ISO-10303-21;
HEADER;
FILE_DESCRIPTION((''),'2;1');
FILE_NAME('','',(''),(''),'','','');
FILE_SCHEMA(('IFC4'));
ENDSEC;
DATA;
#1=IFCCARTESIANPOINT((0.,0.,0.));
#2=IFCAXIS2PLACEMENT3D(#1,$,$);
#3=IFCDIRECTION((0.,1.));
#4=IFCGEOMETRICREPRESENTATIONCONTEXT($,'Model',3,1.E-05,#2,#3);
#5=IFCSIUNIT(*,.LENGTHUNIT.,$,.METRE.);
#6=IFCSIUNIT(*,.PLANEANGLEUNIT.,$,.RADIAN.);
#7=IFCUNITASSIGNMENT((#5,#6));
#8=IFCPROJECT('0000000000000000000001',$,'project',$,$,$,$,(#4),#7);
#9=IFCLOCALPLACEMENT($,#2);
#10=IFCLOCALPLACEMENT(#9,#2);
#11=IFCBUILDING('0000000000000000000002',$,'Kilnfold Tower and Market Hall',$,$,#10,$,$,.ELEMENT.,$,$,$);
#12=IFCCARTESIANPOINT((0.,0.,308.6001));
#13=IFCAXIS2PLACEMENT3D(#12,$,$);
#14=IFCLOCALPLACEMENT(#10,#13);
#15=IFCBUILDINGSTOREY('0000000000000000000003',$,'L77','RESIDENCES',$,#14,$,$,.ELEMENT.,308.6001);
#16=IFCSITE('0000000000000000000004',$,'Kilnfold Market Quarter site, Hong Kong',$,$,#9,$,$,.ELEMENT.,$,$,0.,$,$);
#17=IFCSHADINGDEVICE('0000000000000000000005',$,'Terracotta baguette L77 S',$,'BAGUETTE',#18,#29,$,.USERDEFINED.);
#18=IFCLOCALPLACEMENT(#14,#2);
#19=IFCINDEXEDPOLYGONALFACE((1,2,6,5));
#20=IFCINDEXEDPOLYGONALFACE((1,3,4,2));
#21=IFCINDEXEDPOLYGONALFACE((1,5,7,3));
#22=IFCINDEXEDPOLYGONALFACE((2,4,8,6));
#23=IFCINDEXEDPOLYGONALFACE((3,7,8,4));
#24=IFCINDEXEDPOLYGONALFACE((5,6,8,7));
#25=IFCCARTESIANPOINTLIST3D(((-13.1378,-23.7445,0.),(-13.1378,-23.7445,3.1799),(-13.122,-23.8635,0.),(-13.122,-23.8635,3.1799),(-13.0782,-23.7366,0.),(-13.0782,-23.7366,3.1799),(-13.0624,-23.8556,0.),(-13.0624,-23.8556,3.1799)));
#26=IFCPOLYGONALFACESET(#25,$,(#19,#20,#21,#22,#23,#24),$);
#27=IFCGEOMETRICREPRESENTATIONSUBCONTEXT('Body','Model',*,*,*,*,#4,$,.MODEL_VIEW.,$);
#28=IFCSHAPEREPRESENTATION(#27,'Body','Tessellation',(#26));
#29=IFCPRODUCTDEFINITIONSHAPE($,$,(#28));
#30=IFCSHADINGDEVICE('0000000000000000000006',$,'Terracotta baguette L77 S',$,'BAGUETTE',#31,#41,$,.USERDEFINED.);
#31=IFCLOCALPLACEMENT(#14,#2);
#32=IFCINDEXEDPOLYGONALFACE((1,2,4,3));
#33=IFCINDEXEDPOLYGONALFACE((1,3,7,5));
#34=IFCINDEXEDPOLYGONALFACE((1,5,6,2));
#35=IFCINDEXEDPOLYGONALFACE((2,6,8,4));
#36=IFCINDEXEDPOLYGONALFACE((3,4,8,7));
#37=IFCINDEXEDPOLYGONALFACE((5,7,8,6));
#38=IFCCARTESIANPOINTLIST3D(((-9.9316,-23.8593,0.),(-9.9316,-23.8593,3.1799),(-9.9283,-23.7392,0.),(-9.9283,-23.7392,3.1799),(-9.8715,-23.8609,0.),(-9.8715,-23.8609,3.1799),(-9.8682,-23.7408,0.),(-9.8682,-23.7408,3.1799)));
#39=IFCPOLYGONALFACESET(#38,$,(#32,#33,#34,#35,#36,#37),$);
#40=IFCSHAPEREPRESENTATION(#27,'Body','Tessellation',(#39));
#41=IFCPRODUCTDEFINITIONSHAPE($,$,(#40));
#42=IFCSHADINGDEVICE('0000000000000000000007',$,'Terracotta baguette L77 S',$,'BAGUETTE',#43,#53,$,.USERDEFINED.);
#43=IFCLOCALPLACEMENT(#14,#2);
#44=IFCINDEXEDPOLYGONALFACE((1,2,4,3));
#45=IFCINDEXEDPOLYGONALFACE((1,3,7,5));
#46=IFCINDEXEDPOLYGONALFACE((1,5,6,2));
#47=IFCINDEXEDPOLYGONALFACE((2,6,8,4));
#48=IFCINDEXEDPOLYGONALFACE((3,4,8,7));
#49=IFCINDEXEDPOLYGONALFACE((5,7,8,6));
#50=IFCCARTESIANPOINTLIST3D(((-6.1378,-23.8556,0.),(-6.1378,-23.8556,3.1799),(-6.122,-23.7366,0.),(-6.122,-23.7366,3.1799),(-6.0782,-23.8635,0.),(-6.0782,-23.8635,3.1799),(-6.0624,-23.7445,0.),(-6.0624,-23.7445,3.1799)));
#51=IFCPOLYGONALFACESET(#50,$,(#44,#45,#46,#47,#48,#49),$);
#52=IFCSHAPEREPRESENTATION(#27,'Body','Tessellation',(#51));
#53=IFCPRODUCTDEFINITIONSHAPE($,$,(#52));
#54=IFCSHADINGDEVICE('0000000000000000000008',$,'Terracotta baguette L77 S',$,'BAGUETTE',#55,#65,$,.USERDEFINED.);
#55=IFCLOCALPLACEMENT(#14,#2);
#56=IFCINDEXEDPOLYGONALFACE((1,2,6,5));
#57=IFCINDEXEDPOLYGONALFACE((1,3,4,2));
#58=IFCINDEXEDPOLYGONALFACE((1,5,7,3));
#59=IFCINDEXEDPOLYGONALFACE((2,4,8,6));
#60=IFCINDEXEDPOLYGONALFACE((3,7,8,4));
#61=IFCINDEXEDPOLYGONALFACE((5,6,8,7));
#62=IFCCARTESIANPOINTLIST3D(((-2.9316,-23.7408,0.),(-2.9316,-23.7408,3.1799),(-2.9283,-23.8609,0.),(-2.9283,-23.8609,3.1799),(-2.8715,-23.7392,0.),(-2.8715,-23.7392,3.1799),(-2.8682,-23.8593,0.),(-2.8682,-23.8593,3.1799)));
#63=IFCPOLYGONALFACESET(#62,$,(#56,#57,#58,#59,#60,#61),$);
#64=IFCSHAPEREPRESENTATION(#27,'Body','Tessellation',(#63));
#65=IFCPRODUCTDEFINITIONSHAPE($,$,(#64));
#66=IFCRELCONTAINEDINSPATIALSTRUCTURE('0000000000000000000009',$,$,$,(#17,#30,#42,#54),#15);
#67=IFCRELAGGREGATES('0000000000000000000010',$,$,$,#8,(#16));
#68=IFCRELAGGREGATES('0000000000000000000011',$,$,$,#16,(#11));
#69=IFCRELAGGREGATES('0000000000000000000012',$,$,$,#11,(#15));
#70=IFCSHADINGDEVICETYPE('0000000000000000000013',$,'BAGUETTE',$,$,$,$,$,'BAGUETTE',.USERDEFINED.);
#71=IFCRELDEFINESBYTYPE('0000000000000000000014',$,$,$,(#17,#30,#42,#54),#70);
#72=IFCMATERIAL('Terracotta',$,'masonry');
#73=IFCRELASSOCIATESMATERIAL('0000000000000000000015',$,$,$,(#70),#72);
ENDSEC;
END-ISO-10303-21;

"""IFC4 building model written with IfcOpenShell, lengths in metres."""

from ifc_helpers import new_model, si_unit, direction, frame, origin, origin_2d, place, context, subcontext, project, spatial, rectangle, extrude, source, transform, mapped, material, material_profile, profile_set, type_object, element, save


model = new_model("IFC4")

# Units and contexts
model_context = context("Model", 3, precision=1e-05, world=origin(), true_north=direction((0.0, 1.0)))
body_context = subcontext(model_context, "Body", "Model", "MODEL_VIEW")
ifc_project = project(units=[si_unit("LENGTHUNIT", "METRE"), si_unit("PLANEANGLEUNIT", "RADIAN")], contexts=[model_context])

# Site, building, storey
site_placement = place(None, origin())
site = spatial("IfcSite", under=ifc_project, at=site_placement, Name="Kilnfold Market Quarter site, Hong Kong", CompositionType="ELEMENT", RefElevation=0.0)
building_placement = place(site_placement, origin())
building = spatial("IfcBuilding", under=site, at=building_placement, Name="Kilnfold Tower and Market Hall", CompositionType="ELEMENT")
storey_placement = place(building_placement, frame((0.0, 0.0, 308.6001)))
storey = spatial("IfcBuildingStorey", under=building, at=storey_placement, Name="L77", Description="RESIDENCES", CompositionType="ELEMENT", Elevation=308.6001)

# Shading devices
ifc_material_1 = material(Name="Terracotta", Category="masonry")
ifc_material_profile_1 = material_profile(ifc_material_1, rectangle(XDim=0.0601, YDim=0.1201, at=origin_2d()), Name="BAG 60x120")
ifc_profile_set_1 = profile_set([ifc_material_profile_1], Name="Terracotta")
shading_device_type = type_object("IfcShadingDeviceType", Name="BAGUETTE", ElementType="BAGUETTE", PredefinedType="USERDEFINED", material=ifc_profile_set_1)
shared_shape_1 = source(origin(), body_context, "Body", "SweptSolid", [
    extrude(rectangle(XDim=0.0601, YDim=0.1201, at=origin_2d()), origin(), (0.0, 0.0, 1.0), 3.1799),
])
for number, where, z_axis, x_axis, name in (
    (1, (-13.1001, -23.8, 0.0), (0.0, 0.0, 1.0), (0.991296, 0.131654, 0.0), "Terracotta baguette L77 S"),
    (2, (-9.8999, -23.8, 0.0), (0.0, 0.0, 1.0), (0.999628, -0.027267, 0.0), "Terracotta baguette L77 S"),
    (3, (-6.1001, -23.8, 0.0), (0.0, 0.0, 1.0), (0.991296, -0.131654, 0.0), "Terracotta baguette L77 S"),
    (4, (-2.8999, -23.8, 0.0), (0.0, 0.0, 1.0), (0.999628, 0.027267, 0.0), "Terracotta baguette L77 S"),
):
    element("IfcShadingDevice", number, at=place(storey_placement, frame(where, z_axis=z_axis, x_axis=x_axis)), inside=storey, type_object=shading_device_type, Name=name, ObjectType="BAGUETTE", PredefinedType="USERDEFINED", context=body_context, shape_type="MappedRepresentation", body=[
        mapped(shared_shape_1, transform((0.0, 0.0, 0.0))),
    ])

save(model, "model.ifc")
